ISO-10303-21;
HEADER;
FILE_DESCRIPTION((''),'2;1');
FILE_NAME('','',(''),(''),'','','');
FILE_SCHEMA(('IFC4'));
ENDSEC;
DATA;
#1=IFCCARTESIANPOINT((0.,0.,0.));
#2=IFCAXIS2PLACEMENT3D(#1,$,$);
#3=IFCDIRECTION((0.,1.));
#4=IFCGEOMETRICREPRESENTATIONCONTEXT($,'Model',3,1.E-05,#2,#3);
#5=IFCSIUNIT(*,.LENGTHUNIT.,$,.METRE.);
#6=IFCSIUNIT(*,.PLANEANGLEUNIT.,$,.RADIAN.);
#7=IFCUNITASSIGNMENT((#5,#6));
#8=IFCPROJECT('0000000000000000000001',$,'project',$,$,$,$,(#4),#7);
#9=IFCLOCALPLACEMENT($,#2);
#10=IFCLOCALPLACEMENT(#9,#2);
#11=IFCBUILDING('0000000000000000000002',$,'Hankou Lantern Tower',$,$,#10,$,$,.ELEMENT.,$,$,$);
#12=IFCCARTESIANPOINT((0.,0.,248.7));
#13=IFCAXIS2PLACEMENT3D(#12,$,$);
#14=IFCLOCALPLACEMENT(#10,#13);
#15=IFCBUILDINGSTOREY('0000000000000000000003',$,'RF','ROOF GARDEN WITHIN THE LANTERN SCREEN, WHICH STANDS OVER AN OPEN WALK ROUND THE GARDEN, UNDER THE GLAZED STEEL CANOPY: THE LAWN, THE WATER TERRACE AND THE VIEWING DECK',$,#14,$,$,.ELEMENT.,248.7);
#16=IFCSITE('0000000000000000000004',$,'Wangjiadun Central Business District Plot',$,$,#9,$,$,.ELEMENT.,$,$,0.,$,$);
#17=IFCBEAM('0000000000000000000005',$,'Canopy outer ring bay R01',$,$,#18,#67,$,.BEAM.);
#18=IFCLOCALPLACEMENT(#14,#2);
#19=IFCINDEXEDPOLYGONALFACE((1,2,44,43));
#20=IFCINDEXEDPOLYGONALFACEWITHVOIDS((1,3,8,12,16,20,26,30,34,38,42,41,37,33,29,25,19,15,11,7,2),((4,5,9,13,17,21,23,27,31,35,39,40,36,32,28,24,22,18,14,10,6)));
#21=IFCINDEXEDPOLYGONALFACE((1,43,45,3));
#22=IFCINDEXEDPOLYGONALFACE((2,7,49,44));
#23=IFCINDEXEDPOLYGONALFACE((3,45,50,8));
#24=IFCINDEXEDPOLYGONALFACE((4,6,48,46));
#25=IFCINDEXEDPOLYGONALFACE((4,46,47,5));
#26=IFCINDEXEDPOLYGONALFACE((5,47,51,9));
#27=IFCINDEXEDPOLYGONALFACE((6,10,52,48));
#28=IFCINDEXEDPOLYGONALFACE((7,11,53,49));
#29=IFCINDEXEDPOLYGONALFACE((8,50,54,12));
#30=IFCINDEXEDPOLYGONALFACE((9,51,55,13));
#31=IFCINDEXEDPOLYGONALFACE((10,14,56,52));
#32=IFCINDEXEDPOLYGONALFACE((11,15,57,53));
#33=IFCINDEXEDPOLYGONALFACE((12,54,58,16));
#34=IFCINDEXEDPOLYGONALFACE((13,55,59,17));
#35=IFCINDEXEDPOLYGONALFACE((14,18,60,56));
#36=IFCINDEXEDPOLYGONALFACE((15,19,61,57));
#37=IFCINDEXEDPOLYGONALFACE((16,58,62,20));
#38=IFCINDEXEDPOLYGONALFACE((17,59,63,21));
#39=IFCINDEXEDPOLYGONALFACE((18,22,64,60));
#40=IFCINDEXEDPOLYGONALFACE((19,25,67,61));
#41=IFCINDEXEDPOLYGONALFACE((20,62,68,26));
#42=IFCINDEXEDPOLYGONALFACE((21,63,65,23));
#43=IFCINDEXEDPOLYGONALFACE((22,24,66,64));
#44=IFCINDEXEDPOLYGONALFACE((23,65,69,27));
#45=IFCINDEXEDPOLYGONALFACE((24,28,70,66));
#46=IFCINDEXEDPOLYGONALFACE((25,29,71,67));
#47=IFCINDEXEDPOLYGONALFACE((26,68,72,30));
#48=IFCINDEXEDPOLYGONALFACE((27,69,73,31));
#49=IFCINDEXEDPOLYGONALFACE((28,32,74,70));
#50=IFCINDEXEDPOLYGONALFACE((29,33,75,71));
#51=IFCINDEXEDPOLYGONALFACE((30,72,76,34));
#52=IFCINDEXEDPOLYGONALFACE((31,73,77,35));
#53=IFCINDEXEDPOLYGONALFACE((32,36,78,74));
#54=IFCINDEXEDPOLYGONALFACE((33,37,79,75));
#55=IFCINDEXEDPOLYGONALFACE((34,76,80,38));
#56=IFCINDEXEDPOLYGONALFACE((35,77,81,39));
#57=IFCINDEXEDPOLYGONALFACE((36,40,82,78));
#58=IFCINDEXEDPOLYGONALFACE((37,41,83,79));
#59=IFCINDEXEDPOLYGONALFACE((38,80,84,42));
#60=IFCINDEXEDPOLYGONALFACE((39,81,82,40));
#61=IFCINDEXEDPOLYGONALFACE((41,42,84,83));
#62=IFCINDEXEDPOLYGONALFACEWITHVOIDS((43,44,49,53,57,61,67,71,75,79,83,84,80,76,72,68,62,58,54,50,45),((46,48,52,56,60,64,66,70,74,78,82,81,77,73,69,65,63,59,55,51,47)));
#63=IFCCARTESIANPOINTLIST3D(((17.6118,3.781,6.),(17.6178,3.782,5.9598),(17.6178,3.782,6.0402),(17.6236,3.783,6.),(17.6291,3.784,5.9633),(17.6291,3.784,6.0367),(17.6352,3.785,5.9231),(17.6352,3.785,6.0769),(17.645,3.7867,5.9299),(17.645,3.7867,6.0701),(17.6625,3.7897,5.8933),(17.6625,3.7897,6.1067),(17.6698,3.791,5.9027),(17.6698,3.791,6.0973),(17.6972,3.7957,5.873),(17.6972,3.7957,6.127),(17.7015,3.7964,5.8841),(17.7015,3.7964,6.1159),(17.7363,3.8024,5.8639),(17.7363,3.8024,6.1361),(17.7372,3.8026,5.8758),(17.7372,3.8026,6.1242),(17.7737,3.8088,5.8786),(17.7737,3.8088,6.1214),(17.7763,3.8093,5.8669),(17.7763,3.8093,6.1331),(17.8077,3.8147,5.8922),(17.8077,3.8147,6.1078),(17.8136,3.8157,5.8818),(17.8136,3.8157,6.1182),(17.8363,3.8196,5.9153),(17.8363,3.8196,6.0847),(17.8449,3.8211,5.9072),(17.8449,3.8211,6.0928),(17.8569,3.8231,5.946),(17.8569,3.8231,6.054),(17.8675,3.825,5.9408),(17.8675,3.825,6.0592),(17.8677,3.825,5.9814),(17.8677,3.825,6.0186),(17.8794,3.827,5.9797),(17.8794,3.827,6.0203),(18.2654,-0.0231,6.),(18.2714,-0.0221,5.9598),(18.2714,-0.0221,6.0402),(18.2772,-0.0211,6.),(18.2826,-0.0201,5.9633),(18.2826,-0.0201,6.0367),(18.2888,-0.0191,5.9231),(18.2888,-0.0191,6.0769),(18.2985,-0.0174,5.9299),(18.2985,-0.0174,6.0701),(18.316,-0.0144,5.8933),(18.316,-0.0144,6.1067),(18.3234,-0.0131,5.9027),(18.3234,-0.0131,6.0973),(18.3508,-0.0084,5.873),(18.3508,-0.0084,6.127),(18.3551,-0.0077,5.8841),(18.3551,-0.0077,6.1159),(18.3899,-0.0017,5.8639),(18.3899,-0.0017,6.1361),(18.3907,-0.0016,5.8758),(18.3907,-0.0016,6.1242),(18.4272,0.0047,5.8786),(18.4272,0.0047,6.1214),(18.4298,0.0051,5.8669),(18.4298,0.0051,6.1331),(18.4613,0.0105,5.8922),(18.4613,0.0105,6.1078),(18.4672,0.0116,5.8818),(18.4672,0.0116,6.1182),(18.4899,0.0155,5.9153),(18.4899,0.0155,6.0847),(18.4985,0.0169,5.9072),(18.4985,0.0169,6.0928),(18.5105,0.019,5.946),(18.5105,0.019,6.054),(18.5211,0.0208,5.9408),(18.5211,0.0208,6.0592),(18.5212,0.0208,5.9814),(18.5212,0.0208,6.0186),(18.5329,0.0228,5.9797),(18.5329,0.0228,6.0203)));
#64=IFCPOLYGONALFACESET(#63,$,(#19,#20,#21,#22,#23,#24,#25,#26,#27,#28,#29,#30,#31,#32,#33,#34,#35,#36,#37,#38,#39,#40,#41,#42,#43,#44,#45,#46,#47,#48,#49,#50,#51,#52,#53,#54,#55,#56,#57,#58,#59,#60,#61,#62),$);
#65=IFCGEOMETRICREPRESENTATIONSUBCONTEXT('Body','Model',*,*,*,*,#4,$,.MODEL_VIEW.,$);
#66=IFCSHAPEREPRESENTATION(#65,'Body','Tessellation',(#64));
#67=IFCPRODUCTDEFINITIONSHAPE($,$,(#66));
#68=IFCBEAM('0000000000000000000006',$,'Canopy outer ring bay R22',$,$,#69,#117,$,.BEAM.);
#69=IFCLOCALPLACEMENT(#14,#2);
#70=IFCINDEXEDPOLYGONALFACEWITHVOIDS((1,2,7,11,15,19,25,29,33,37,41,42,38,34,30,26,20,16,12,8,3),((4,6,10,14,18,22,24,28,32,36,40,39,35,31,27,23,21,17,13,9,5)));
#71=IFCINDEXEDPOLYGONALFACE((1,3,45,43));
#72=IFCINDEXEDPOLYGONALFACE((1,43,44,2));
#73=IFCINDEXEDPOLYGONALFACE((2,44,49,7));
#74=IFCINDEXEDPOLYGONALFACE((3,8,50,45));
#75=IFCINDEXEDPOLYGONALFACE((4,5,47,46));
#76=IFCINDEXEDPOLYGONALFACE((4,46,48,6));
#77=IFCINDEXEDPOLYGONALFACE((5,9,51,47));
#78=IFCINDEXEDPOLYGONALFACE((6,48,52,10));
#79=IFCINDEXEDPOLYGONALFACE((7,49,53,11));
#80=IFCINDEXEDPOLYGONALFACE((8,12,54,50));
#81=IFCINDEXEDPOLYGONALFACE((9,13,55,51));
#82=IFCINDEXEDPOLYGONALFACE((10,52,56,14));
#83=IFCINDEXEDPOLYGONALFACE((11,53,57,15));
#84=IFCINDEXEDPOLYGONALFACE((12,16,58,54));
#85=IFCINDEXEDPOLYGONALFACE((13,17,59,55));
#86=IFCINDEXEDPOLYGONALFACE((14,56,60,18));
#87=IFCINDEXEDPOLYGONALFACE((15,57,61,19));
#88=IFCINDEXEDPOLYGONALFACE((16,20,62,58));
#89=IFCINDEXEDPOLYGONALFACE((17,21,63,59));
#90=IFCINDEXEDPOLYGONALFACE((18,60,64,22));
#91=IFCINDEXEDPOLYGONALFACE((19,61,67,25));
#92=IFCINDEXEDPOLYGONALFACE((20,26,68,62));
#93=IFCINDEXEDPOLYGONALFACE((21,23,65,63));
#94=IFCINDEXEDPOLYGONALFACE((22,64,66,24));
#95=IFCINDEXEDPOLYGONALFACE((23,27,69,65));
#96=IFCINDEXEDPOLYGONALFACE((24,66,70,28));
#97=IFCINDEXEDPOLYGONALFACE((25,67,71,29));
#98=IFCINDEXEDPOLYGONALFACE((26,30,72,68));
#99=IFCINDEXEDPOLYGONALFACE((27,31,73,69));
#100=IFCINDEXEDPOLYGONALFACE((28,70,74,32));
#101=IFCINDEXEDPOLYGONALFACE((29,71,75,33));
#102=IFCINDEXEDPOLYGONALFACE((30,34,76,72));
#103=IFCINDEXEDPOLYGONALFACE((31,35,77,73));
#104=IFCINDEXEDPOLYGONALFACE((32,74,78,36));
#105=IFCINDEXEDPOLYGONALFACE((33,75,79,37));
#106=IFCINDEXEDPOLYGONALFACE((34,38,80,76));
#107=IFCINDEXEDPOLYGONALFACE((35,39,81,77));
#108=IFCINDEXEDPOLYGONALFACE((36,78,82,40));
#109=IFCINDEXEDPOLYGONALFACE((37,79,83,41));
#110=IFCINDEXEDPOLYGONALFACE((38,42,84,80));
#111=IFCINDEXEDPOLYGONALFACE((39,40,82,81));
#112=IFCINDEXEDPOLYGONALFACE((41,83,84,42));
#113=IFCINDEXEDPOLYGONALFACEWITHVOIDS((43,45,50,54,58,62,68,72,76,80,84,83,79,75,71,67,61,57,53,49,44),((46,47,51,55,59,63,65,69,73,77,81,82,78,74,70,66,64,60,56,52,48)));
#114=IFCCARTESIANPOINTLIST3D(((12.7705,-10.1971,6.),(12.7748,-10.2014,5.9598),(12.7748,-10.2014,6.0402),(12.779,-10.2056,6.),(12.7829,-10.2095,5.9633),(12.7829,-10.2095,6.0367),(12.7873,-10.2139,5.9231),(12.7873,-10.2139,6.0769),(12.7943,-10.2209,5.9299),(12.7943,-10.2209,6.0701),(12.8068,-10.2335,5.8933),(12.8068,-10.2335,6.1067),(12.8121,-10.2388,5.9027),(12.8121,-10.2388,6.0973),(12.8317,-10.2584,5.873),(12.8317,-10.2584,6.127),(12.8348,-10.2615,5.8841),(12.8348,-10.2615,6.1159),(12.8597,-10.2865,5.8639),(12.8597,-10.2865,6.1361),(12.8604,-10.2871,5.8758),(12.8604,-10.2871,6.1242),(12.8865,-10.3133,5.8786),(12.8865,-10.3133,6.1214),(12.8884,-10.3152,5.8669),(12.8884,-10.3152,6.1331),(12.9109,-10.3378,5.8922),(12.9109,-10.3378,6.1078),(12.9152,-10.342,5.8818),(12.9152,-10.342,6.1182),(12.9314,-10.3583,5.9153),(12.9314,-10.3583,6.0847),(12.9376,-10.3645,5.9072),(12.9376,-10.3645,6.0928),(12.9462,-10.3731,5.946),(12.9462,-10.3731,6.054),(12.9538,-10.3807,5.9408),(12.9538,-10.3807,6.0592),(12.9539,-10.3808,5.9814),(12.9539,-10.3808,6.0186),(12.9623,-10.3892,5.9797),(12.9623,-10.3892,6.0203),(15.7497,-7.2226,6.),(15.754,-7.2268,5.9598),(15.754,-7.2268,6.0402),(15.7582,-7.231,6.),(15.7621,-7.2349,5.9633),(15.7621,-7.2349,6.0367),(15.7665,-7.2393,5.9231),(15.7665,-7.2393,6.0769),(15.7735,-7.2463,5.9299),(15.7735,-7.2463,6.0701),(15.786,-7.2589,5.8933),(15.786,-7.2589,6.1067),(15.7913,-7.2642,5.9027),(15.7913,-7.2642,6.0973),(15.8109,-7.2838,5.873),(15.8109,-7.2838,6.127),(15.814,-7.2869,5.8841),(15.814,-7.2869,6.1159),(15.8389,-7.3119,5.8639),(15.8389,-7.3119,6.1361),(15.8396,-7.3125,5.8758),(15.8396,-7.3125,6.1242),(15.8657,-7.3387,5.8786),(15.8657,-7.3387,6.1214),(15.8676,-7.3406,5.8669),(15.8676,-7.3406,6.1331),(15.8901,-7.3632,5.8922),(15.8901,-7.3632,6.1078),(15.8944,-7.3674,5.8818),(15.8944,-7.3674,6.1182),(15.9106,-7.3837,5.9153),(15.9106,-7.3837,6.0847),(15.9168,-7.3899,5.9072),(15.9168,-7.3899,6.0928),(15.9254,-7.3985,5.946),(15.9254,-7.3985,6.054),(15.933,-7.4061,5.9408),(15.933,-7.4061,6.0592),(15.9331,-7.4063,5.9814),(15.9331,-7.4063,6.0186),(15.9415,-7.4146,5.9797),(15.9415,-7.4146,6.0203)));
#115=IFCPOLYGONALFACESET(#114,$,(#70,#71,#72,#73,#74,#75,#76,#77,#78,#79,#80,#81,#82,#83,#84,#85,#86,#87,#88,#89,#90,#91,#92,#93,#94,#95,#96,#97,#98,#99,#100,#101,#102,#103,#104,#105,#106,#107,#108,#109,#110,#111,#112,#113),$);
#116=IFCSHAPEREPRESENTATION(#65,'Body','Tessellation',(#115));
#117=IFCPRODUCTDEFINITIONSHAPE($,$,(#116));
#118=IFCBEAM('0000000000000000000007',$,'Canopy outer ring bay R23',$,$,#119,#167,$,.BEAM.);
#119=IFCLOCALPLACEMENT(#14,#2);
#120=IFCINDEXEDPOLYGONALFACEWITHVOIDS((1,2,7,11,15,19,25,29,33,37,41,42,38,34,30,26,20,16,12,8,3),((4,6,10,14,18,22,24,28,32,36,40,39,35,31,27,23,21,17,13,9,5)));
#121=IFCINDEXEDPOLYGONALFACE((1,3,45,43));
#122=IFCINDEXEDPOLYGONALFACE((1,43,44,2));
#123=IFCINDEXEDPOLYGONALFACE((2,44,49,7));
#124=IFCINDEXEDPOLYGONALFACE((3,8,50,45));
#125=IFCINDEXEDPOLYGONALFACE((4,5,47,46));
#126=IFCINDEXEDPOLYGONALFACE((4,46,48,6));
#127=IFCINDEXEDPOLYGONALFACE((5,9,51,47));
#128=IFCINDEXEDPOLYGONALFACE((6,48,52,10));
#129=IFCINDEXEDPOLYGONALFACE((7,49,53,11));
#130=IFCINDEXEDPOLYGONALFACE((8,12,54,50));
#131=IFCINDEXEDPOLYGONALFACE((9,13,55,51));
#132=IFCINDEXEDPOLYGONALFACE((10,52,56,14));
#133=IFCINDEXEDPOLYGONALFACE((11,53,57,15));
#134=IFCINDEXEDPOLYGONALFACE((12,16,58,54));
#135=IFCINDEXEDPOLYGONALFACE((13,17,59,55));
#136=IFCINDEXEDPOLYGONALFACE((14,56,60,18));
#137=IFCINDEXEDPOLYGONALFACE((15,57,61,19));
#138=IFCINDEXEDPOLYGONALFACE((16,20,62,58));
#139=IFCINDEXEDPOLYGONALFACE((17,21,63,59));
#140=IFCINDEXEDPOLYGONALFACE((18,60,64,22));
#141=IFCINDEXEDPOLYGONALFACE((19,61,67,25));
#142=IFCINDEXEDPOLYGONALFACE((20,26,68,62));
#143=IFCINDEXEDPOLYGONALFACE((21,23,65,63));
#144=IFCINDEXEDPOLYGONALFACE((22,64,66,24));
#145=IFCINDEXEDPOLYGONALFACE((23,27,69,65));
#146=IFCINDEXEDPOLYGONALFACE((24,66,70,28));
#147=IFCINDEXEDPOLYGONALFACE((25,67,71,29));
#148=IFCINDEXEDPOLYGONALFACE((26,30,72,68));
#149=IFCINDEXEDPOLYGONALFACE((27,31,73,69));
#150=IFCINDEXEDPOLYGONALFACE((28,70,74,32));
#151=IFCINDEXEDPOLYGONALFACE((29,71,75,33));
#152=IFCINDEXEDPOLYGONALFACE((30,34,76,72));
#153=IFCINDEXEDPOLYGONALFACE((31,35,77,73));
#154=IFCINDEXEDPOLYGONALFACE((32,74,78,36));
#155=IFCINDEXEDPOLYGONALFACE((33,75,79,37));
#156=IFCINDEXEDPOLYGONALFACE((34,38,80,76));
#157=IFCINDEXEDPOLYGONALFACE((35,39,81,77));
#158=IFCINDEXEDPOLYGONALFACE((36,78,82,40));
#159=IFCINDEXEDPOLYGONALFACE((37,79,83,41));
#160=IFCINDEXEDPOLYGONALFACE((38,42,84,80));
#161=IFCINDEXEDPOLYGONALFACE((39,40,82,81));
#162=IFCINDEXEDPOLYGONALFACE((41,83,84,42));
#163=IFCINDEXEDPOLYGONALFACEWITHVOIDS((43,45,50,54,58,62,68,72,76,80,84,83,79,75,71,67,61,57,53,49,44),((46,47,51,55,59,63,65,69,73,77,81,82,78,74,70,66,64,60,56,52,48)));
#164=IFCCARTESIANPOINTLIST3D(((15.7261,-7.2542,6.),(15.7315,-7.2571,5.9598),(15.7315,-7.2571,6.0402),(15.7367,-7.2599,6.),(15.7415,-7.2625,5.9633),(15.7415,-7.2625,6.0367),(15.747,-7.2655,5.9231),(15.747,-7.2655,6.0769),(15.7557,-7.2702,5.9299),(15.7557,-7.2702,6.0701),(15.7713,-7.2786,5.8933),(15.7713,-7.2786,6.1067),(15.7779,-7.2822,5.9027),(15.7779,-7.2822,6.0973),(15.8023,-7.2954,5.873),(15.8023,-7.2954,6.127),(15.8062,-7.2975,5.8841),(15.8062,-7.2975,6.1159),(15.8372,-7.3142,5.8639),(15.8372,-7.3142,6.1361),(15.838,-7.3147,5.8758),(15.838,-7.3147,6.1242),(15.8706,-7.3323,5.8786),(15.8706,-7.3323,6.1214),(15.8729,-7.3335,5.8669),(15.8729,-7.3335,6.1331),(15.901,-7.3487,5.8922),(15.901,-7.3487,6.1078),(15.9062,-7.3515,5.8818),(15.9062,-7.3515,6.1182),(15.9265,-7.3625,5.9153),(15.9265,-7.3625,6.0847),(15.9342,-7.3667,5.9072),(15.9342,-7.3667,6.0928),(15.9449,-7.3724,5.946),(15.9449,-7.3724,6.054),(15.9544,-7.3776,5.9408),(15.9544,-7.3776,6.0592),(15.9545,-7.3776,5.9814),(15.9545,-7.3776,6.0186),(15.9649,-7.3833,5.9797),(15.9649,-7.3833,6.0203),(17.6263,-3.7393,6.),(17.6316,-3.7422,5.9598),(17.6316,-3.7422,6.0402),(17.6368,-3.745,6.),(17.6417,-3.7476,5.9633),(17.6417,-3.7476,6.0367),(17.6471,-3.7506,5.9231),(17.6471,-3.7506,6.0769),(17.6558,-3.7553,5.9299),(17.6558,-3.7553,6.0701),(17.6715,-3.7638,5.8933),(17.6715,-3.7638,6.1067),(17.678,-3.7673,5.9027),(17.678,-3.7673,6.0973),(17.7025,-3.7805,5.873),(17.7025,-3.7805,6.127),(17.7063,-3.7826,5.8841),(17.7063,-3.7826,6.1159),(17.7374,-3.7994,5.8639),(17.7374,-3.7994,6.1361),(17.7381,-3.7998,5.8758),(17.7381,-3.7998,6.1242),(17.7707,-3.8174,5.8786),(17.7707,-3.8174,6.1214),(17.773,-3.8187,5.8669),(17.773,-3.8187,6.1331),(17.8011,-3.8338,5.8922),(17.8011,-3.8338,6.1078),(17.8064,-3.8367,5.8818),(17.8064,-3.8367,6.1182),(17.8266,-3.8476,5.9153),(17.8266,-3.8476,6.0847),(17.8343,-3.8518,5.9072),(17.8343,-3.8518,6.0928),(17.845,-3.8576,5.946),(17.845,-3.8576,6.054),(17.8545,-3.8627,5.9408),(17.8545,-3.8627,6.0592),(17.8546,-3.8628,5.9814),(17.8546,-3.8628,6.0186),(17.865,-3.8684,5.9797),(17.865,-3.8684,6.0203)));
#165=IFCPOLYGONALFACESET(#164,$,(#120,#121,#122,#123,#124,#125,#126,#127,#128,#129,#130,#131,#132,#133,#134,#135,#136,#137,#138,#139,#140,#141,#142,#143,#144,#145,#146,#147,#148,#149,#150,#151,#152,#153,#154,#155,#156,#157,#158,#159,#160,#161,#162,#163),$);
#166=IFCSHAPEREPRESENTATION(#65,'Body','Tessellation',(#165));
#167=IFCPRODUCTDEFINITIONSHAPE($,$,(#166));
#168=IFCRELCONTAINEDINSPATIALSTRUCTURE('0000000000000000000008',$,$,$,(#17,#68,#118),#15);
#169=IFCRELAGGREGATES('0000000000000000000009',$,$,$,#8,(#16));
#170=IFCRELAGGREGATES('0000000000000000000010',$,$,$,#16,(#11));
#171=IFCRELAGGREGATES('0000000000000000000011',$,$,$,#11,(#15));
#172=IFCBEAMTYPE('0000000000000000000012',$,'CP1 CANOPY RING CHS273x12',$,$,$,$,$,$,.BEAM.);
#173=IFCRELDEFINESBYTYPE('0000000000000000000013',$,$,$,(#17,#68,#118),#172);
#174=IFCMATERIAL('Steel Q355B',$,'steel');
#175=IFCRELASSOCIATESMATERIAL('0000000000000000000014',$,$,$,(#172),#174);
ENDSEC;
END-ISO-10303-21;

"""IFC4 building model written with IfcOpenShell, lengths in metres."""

from ifc_helpers import new_model, si_unit, direction, frame, origin, origin_2d, place, context, subcontext, project, spatial, hollow_circle, extrude, material, material_profile, profile_set, type_object, element, save


model = new_model("IFC4")

# Units and contexts
model_context = context("Model", 3, precision=1e-05, world=origin(), true_north=direction((0.0, 1.0)))
body_context = subcontext(model_context, "Body", "Model", "MODEL_VIEW")
ifc_project = project(units=[si_unit("LENGTHUNIT", "METRE"), si_unit("PLANEANGLEUNIT", "RADIAN")], contexts=[model_context])

# Site, building, storey
site_placement = place(None, origin())
site = spatial("IfcSite", under=ifc_project, at=site_placement, Name="Wangjiadun Central Business District Plot", CompositionType="ELEMENT", RefElevation=0.0)
building_placement = place(site_placement, origin())
building = spatial("IfcBuilding", under=site, at=building_placement, Name="Hankou Lantern Tower", CompositionType="ELEMENT")
storey_placement = place(building_placement, frame((0.0, 0.0, 248.7)))
storey = spatial("IfcBuildingStorey", under=building, at=storey_placement, Name="RF", Description="ROOF GARDEN WITHIN THE LANTERN SCREEN, WHICH STANDS OVER AN OPEN WALK ROUND THE GARDEN, UNDER THE GLAZED STEEL CANOPY: THE LAWN, THE WATER TERRACE AND THE VIEWING DECK", CompositionType="ELEMENT", Elevation=248.7)

# Beams
ifc_material_1 = material(Name="Steel Q355B", Category="steel")
ifc_material_profile_1 = material_profile(ifc_material_1, hollow_circle(Radius=0.1365, WallThickness=0.012, at=origin_2d()), Name="CHS273x12")
ifc_profile_set_1 = profile_set([ifc_material_profile_1], Name="Steel Q355B")
beam_type_1 = type_object("IfcBeamType", Name="CP1 CANOPY RING CHS273x12", PredefinedType="BEAM", material=ifc_profile_set_1)
beam_1_placement = place(storey_placement, frame((18.3999, 0.0, 6.0), z_axis=(-0.16932, 0.985561, 0.0), x_axis=(-0.985561, -0.16932, 0.0)))
element("IfcBeam", 1, at=beam_1_placement, inside=storey, type_object=beam_type_1, Name="Canopy outer ring bay R01", PredefinedType="BEAM", context=body_context, shape_type="SweptSolid", body=[
    extrude(hollow_circle(Radius=0.1365, WallThickness=0.012, at=origin_2d()), origin(), (0.0, 0.0, 1.0), 3.8599),
])
beam_2_placement = place(storey_placement, frame((12.8669, -10.2937, 6.0), z_axis=(0.707657, 0.706556, 0.0), x_axis=(-0.706556, 0.707657, 0.0)))
element("IfcBeam", 2, at=beam_2_placement, inside=storey, type_object=beam_type_1, Name="Canopy outer ring bay R22", PredefinedType="BEAM", context=body_context, shape_type="SweptSolid", body=[
    extrude(hollow_circle(Radius=0.1365, WallThickness=0.012, at=origin_2d()), origin(), (0.0, 0.0, 1.0), 4.21),
])
beam_3_placement = place(storey_placement, frame((15.8462, -7.3191, 6.0), z_axis=(0.475557, 0.879685, 0.0), x_axis=(-0.879685, 0.475557, 0.0)))
element("IfcBeam", 3, at=beam_3_placement, inside=storey, type_object=beam_type_1, Name="Canopy outer ring bay R23", PredefinedType="BEAM", context=body_context, shape_type="SweptSolid", body=[
    extrude(hollow_circle(Radius=0.1365, WallThickness=0.012, at=origin_2d()), origin(), (0.0, 0.0, 1.0), 3.9956),
])

save(model, "model.ifc")
